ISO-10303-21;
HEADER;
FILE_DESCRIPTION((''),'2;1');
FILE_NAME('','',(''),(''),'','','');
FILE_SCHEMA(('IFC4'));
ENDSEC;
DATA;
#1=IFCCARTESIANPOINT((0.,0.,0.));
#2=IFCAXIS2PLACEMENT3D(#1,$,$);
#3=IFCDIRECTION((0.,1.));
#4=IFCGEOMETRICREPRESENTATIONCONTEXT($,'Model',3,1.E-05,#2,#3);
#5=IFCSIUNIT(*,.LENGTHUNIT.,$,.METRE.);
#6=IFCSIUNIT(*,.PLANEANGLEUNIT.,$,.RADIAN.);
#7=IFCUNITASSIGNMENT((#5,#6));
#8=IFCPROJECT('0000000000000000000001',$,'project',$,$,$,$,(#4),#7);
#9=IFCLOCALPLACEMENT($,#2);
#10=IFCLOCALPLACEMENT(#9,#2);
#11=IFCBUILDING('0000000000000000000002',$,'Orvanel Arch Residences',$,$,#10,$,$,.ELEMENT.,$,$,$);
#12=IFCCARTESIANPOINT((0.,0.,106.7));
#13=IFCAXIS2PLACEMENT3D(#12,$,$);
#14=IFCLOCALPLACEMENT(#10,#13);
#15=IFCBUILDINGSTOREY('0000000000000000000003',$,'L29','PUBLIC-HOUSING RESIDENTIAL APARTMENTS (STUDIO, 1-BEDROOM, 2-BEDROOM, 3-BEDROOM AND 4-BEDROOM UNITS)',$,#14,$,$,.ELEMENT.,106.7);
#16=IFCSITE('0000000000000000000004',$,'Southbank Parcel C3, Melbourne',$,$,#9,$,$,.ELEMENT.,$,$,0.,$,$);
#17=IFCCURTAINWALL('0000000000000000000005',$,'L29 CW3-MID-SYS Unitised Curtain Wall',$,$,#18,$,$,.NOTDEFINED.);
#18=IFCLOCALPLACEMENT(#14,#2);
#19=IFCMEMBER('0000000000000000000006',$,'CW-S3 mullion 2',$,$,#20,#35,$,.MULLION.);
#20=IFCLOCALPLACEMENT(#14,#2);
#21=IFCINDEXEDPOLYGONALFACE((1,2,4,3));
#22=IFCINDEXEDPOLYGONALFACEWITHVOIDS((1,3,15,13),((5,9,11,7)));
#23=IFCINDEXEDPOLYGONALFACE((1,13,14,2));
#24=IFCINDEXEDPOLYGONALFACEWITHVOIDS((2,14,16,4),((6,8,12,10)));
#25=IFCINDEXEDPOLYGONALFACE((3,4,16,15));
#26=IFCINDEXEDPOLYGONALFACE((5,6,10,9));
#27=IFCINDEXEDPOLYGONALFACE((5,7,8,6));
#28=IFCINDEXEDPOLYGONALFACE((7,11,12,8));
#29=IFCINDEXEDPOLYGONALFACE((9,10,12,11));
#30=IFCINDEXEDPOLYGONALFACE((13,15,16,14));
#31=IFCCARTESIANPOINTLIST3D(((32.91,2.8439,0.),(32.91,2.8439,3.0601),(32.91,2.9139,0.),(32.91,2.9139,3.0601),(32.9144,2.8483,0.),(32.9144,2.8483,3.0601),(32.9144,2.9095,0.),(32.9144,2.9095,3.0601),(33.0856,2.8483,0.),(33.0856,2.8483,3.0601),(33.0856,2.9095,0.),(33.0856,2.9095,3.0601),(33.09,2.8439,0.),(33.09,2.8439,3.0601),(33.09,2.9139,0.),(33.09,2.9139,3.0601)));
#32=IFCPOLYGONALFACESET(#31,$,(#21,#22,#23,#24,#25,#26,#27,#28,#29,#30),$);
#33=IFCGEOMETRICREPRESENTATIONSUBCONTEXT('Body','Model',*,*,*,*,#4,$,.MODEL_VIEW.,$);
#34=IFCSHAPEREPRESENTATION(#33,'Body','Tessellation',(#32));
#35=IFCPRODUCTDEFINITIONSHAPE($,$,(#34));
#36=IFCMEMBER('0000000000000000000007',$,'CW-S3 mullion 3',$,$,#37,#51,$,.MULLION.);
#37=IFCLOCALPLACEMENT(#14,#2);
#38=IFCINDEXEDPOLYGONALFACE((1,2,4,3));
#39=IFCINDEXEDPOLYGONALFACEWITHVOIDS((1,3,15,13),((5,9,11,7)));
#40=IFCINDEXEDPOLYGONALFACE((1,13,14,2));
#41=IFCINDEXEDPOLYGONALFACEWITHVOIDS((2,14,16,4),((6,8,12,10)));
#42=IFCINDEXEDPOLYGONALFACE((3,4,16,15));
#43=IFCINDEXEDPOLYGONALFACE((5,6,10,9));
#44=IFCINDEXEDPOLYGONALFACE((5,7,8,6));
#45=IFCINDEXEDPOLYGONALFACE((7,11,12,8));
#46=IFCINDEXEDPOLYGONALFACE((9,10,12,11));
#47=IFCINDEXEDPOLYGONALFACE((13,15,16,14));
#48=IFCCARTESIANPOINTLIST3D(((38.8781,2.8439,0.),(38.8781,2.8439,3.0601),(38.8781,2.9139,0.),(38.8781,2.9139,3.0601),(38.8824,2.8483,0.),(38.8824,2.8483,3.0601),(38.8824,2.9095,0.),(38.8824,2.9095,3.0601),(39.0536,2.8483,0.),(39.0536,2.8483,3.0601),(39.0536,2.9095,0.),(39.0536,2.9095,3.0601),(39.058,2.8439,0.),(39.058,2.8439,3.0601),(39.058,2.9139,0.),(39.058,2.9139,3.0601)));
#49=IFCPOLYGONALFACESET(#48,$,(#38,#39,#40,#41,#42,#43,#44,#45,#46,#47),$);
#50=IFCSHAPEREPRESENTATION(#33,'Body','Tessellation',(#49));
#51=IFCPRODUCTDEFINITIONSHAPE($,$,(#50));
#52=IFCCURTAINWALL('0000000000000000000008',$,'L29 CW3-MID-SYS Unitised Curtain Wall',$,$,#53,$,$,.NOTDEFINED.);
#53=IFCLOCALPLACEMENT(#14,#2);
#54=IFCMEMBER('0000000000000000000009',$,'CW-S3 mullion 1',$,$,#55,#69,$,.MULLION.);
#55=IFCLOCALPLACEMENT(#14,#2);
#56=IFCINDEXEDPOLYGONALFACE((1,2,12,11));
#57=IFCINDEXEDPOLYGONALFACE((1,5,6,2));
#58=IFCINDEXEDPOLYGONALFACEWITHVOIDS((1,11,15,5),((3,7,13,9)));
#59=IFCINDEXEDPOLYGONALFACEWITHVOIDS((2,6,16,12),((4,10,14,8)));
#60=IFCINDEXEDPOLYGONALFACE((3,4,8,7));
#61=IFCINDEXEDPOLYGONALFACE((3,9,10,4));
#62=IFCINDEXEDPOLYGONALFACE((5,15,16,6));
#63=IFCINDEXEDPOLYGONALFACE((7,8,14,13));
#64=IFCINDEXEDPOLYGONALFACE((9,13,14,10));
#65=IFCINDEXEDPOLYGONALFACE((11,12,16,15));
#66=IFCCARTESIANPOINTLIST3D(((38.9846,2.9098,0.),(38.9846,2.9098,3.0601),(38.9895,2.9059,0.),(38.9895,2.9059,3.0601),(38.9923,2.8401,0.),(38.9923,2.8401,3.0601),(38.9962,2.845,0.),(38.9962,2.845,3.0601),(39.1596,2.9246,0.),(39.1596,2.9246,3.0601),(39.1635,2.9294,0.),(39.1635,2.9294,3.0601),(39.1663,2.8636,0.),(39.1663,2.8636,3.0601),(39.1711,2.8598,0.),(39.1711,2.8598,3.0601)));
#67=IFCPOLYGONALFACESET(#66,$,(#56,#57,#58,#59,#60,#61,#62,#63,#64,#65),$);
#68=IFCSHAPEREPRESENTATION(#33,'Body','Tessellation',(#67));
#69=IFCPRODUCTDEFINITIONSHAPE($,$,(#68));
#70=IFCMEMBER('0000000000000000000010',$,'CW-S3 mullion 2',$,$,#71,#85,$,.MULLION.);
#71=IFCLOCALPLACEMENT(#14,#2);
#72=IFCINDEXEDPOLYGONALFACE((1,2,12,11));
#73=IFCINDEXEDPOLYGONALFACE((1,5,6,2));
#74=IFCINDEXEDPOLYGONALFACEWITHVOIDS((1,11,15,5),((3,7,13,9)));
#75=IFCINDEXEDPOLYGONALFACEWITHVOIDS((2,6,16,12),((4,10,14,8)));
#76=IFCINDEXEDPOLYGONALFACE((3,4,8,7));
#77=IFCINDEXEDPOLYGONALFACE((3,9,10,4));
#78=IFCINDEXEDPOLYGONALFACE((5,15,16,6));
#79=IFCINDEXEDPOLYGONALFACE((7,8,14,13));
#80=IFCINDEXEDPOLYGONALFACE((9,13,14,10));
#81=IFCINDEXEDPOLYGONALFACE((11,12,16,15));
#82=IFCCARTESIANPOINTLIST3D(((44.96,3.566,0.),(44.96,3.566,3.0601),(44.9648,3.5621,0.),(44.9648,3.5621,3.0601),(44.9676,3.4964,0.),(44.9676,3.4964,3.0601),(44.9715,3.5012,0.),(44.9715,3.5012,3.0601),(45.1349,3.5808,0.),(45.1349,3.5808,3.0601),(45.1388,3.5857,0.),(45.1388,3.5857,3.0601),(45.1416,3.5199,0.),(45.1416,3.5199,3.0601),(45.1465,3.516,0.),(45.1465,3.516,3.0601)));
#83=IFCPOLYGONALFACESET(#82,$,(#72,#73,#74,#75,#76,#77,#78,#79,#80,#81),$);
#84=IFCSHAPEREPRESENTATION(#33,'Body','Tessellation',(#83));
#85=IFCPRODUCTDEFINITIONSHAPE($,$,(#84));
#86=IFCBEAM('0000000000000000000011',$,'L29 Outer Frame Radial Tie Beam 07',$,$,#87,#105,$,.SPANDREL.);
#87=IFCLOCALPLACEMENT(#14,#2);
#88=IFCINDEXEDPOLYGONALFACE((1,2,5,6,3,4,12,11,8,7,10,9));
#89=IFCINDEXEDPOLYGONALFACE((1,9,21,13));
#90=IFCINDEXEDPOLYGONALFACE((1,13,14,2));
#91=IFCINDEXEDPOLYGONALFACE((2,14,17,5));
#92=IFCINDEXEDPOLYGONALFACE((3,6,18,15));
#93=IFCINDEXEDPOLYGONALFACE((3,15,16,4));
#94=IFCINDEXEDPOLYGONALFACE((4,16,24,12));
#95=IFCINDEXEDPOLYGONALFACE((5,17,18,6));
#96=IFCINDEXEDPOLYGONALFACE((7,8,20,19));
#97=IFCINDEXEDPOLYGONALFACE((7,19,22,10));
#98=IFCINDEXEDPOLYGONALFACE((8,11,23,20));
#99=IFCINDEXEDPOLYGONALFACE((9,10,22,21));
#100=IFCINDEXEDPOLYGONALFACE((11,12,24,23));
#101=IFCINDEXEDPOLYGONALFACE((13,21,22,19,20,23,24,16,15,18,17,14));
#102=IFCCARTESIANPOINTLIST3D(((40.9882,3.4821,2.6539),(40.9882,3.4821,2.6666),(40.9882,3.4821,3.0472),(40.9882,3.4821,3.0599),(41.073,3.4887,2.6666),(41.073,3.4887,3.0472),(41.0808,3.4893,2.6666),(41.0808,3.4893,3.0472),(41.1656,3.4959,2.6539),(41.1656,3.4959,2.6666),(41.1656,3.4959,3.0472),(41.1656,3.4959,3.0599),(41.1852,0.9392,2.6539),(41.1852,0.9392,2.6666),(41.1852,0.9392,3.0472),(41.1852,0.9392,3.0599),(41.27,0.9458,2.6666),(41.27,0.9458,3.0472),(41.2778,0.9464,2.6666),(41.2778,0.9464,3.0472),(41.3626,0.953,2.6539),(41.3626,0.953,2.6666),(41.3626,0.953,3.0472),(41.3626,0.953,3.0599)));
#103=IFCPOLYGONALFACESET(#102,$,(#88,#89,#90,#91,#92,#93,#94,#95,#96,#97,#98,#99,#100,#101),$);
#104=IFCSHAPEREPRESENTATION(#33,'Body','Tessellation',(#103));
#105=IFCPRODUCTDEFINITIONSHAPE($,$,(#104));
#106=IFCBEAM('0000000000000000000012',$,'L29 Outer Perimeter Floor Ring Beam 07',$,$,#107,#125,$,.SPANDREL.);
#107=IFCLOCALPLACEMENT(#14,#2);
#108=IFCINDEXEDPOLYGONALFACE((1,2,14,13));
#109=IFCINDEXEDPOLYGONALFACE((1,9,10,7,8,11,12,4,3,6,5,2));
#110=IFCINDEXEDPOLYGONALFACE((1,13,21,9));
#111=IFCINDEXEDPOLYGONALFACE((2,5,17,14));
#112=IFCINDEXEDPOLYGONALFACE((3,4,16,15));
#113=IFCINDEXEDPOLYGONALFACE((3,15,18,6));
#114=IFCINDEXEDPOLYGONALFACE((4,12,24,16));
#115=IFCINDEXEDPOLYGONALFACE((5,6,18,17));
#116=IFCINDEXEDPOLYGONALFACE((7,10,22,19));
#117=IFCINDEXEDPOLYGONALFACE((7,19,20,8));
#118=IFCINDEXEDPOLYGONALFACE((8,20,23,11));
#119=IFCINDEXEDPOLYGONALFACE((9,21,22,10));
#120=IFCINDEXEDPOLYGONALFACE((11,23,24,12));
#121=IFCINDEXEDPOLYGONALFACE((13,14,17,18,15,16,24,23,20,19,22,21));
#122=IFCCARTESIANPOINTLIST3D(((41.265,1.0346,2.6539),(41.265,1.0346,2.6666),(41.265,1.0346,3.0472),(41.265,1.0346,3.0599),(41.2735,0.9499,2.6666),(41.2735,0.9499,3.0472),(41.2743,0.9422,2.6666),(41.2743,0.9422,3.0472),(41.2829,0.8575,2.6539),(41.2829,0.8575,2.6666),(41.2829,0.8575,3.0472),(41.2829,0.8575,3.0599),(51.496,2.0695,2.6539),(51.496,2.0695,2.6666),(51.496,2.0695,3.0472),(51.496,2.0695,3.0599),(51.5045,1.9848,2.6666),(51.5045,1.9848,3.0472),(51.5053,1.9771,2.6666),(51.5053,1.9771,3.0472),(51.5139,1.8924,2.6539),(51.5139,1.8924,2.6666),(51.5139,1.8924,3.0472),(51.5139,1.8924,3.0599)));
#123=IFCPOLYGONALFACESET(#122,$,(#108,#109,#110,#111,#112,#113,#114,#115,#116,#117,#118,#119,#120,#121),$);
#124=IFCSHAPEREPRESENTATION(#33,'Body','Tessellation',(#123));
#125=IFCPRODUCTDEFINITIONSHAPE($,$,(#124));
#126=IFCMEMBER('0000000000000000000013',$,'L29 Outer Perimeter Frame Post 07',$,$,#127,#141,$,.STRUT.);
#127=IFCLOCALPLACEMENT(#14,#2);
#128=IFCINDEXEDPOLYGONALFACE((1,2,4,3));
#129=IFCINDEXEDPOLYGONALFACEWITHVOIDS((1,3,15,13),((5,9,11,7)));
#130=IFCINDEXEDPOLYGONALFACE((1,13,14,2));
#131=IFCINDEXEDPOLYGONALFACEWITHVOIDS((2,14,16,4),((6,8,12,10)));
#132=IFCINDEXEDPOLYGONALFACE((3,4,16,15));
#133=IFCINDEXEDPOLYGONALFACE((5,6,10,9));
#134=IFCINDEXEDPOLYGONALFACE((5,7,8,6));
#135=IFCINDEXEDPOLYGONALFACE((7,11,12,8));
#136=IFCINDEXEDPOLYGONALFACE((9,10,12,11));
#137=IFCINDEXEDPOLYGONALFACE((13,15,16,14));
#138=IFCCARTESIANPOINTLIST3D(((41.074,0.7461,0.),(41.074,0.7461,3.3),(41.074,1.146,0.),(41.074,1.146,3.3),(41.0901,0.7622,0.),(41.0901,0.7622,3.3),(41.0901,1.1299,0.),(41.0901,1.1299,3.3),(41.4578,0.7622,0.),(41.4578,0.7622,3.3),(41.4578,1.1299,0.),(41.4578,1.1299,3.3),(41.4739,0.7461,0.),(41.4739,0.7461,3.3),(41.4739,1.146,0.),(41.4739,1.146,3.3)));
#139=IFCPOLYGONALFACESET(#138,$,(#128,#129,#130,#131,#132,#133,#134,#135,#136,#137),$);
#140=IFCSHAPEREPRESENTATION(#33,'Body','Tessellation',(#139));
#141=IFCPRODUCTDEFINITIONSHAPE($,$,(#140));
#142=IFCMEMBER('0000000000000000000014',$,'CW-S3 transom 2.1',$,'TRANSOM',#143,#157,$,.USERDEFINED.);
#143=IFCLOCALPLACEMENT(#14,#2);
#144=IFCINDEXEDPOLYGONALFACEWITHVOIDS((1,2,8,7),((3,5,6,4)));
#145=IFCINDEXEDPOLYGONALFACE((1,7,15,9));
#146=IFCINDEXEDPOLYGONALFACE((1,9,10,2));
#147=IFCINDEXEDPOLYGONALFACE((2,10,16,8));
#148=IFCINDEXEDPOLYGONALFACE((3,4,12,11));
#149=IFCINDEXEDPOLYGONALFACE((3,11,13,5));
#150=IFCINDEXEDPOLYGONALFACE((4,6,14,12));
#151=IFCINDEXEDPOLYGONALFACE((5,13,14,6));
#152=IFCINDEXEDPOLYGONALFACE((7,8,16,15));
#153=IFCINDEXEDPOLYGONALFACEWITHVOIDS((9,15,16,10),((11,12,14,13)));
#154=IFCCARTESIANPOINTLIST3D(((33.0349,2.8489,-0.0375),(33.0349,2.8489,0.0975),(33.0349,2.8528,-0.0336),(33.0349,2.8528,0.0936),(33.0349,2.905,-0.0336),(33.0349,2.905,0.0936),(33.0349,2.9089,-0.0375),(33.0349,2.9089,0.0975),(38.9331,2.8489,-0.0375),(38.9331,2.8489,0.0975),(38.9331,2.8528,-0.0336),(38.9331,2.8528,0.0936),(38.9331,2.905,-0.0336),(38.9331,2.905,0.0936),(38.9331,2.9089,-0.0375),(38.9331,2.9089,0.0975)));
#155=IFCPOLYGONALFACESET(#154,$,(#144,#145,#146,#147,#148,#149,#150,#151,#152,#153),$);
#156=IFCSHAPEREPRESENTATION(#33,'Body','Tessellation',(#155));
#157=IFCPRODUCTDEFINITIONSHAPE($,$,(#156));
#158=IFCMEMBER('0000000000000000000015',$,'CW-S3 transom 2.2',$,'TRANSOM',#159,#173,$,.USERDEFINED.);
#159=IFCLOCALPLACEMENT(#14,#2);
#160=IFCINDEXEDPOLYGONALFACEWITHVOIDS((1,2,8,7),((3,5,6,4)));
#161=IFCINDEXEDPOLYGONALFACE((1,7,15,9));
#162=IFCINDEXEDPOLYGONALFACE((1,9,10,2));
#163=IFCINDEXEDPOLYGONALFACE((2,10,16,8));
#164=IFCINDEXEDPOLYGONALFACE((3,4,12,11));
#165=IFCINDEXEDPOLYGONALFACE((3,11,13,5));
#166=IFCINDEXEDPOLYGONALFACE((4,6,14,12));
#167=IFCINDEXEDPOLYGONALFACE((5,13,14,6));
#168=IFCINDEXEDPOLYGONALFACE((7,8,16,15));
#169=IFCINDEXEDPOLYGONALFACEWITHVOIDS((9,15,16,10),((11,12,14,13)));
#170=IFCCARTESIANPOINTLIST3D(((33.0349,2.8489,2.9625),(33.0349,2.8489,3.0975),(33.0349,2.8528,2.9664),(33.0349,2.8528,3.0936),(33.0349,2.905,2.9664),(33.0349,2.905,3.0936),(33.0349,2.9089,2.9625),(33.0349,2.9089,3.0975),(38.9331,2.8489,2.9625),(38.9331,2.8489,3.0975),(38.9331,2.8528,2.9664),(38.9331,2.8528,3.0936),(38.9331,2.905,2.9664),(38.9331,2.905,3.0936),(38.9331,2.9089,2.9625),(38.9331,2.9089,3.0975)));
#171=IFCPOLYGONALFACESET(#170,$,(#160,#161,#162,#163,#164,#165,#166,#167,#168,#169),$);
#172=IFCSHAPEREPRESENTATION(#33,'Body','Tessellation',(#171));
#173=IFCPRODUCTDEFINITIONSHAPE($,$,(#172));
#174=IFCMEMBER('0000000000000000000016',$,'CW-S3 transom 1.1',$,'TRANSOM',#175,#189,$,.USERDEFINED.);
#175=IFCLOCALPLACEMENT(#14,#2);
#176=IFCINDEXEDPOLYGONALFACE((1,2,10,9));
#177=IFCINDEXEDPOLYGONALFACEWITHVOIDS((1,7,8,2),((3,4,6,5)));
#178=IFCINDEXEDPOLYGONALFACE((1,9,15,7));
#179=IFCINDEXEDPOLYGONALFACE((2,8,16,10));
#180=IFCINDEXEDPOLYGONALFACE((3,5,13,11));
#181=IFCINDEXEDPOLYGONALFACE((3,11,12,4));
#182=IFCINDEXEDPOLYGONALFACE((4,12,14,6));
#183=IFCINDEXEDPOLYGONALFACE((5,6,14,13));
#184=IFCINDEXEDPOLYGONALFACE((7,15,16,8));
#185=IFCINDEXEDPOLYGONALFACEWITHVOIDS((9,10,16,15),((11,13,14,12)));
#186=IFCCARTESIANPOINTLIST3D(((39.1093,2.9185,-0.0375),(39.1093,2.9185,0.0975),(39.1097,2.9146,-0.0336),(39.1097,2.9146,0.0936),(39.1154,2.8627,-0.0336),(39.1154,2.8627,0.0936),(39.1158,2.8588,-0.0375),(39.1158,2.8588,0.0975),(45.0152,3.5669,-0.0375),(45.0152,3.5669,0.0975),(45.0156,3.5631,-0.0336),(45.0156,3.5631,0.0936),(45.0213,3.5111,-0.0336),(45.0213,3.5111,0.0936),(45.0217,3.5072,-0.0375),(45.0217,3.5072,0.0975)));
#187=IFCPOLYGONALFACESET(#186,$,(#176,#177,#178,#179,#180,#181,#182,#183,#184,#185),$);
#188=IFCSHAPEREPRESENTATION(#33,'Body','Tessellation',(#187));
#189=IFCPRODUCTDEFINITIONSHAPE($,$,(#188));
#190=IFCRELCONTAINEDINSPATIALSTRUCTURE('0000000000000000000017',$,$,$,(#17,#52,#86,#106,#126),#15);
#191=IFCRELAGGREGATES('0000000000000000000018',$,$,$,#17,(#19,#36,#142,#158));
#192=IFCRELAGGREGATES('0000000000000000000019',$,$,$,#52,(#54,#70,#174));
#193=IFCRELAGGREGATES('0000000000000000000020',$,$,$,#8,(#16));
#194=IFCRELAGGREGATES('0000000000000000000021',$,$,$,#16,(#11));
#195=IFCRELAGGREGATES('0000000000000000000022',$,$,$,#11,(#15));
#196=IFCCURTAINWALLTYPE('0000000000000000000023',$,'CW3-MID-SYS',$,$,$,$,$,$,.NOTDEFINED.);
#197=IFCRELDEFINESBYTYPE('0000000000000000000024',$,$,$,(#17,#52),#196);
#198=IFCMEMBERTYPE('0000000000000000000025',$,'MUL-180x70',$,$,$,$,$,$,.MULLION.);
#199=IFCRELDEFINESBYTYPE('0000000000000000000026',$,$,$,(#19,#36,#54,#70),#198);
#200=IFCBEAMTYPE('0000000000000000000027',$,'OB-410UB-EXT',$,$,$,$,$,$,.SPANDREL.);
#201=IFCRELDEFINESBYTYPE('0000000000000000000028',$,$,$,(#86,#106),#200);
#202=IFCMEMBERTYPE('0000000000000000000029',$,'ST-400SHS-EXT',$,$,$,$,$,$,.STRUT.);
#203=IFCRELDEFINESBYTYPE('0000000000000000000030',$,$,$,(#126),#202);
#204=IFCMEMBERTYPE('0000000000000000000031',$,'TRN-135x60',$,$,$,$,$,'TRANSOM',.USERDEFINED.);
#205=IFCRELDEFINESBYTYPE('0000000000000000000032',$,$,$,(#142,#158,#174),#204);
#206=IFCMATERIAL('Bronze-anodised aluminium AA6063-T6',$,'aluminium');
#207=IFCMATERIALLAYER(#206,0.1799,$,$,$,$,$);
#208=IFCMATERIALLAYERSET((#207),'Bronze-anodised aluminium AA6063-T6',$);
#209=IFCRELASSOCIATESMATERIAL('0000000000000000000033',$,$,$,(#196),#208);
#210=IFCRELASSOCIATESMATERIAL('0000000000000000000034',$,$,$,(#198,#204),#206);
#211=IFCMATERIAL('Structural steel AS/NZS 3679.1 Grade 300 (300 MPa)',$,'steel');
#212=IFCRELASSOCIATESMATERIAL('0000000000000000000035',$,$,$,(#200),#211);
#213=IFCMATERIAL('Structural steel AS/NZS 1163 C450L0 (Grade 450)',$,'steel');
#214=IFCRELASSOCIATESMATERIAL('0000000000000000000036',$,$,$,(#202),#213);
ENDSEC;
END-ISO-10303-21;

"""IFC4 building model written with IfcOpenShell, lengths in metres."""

from ifc_helpers import new_model, si_unit, direction, frame, origin, origin_2d, place, context, subcontext, project, spatial, hollow_rectangle, i_section, extrude, material, layer, layer_set, material_profile, profile_set, type_object, element, aggregate, save


model = new_model("IFC4")

# Units and contexts
model_context = context("Model", 3, precision=1e-05, world=origin(), true_north=direction((0.0, 1.0)))
body_context = subcontext(model_context, "Body", "Model", "MODEL_VIEW")
ifc_project = project(units=[si_unit("LENGTHUNIT", "METRE"), si_unit("PLANEANGLEUNIT", "RADIAN")], contexts=[model_context])

# Site, building, storey
site_placement = place(None, origin())
site = spatial("IfcSite", under=ifc_project, at=site_placement, Name="Southbank Parcel C3, Melbourne", CompositionType="ELEMENT", RefElevation=0.0)
building_placement = place(site_placement, origin())
building = spatial("IfcBuilding", under=site, at=building_placement, Name="Orvanel Arch Residences", CompositionType="ELEMENT")
storey_placement = place(building_placement, frame((0.0, 0.0, 106.7)))
storey = spatial("IfcBuildingStorey", under=building, at=storey_placement, Name="L29", Description="PUBLIC-HOUSING RESIDENTIAL APARTMENTS (STUDIO, 1-BEDROOM, 2-BEDROOM, 3-BEDROOM AND 4-BEDROOM UNITS)", CompositionType="ELEMENT", Elevation=106.7)

# Curtain walls, members
ifc_material_1 = material(Name="Bronze-anodised aluminium AA6063-T6", Category="aluminium")
ifc_layer_1 = layer(ifc_material_1, 0.1799)
ifc_layer_set_1 = layer_set([ifc_layer_1], Name="Bronze-anodised aluminium AA6063-T6")
curtain_wall_type = type_object("IfcCurtainWallType", Name="CW3-MID-SYS", PredefinedType="NOTDEFINED", material=ifc_layer_set_1)
curtain_wall_1_placement = place(storey_placement, origin())
curtain_wall_1 = element("IfcCurtainWall", 1, at=curtain_wall_1_placement, inside=storey, type_object=curtain_wall_type, Name="L29 CW3-MID-SYS Unitised Curtain Wall", PredefinedType="NOTDEFINED")
ifc_material_profile_1 = material_profile(ifc_material_1, hollow_rectangle(XDim=0.0701, YDim=0.1799, WallThickness=0.0044, at=origin_2d()), Name="ALU180x70x4.5")
ifc_profile_set_1 = profile_set([ifc_material_profile_1], Name="Bronze-anodised aluminium AA6063-T6")
member_type_1 = type_object("IfcMemberType", Name="MUL-180x70", PredefinedType="MULLION", material=ifc_profile_set_1)
member_1_placement = place(storey_placement, frame((33.0, 2.8789, 0.0), z_axis=(0.0, 0.0, 1.0), x_axis=(0.0, 1.0, 0.0)))
member_1 = element("IfcMember", 2, at=member_1_placement, type_object=member_type_1, Name="CW-S3 mullion 2", PredefinedType="MULLION", context=body_context, shape_type="SweptSolid", body=[
    extrude(hollow_rectangle(XDim=0.0701, YDim=0.1799, WallThickness=0.0044, at=origin_2d()), origin(), (0.0, 0.0, 1.0), 3.0601),
])
member_2_placement = place(storey_placement, frame((38.968, 2.8789, 0.0), z_axis=(0.0, 0.0, 1.0), x_axis=(0.0, 1.0, 0.0)))
member_2 = element("IfcMember", 3, at=member_2_placement, type_object=member_type_1, Name="CW-S3 mullion 3", PredefinedType="MULLION", context=body_context, shape_type="SweptSolid", body=[
    extrude(hollow_rectangle(XDim=0.0701, YDim=0.1799, WallThickness=0.0044, at=origin_2d()), origin(), (0.0, 0.0, 1.0), 3.0601),
])
curtain_wall_2_placement = place(storey_placement, origin())
curtain_wall_2 = element("IfcCurtainWall", 4, at=curtain_wall_2_placement, inside=storey, type_object=curtain_wall_type, Name="L29 CW3-MID-SYS Unitised Curtain Wall", PredefinedType="NOTDEFINED")
member_3_placement = place(storey_placement, frame((39.0779, 2.8848, 0.0), z_axis=(0.0, 0.0, 1.0), x_axis=(-0.109155, 0.994025, 0.0)))
member_3 = element("IfcMember", 5, at=member_3_placement, type_object=member_type_1, Name="CW-S3 mullion 1", PredefinedType="MULLION", context=body_context, shape_type="SweptSolid", body=[
    extrude(hollow_rectangle(XDim=0.0701, YDim=0.1799, WallThickness=0.0044, at=origin_2d()), origin(), (0.0, 0.0, 1.0), 3.0601),
])
member_4_placement = place(storey_placement, frame((45.0532, 3.541, 0.0), z_axis=(0.0, 0.0, 1.0), x_axis=(-0.109155, 0.994025, 0.0)))
member_4 = element("IfcMember", 6, at=member_4_placement, type_object=member_type_1, Name="CW-S3 mullion 2", PredefinedType="MULLION", context=body_context, shape_type="SweptSolid", body=[
    extrude(hollow_rectangle(XDim=0.0701, YDim=0.1799, WallThickness=0.0044, at=origin_2d()), origin(), (0.0, 0.0, 1.0), 3.0601),
])

# Beams
ifc_material_2 = material(Name="Structural steel AS/NZS 3679.1 Grade 300 (300 MPa)", Category="steel")
ifc_material_profile_2 = material_profile(ifc_material_2, i_section(OverallWidth=0.178, OverallDepth=0.406, WebThickness=0.0078, FlangeThickness=0.0127, at=origin_2d()), Name="410UB59.7")
ifc_profile_set_2 = profile_set([ifc_material_profile_2], Name="Structural steel AS/NZS 3679.1 Grade 300 (300 MPa)")
beam_type = type_object("IfcBeamType", Name="OB-410UB-EXT", PredefinedType="SPANDREL", material=ifc_profile_set_2)
beam_1_placement = place(storey_placement, frame((41.0769, 3.489, 2.8569), z_axis=(0.077245, -0.997012, 0.0), x_axis=(0.997012, 0.077245, 0.0)))
element("IfcBeam", 7, at=beam_1_placement, inside=storey, type_object=beam_type, Name="L29 Outer Frame Radial Tie Beam 07", PredefinedType="SPANDREL", context=body_context, shape_type="SweptSolid", body=[
    extrude(i_section(OverallWidth=0.178, OverallDepth=0.406, WebThickness=0.0078, FlangeThickness=0.0127, at=origin_2d()), origin(), (0.0, 0.0, 1.0), 2.5505),
])
beam_2_placement = place(storey_placement, frame((41.2739, 0.946, 2.8569), z_axis=(0.994923, 0.100641, 0.0), x_axis=(-0.100641, 0.994923, 0.0)))
element("IfcBeam", 8, at=beam_2_placement, inside=storey, type_object=beam_type, Name="L29 Outer Perimeter Floor Ring Beam 07", PredefinedType="SPANDREL", context=body_context, shape_type="SweptSolid", body=[
    extrude(i_section(OverallWidth=0.178, OverallDepth=0.406, WebThickness=0.0078, FlangeThickness=0.0127, at=origin_2d()), origin(), (0.0, 0.0, 1.0), 10.2832),
])

# Members
ifc_material_3 = material(Name="Structural steel AS/NZS 1163 C450L0 (Grade 450)", Category="steel")
ifc_material_profile_3 = material_profile(ifc_material_3, hollow_rectangle(XDim=0.3999, YDim=0.3999, WallThickness=0.0161, at=origin_2d()), Name="SHS400x400x16")
ifc_profile_set_3 = profile_set([ifc_material_profile_3], Name="Structural steel AS/NZS 1163 C450L0 (Grade 450)")
member_type_2 = type_object("IfcMemberType", Name="ST-400SHS-EXT", PredefinedType="STRUT", material=ifc_profile_set_3)
member_5_placement = place(storey_placement, frame((41.2739, 0.946, 0.0), z_axis=(0.0, 0.0, 1.0), x_axis=(1.0, 0.0, 0.0)))
element("IfcMember", 9, at=member_5_placement, inside=storey, type_object=member_type_2, Name="L29 Outer Perimeter Frame Post 07", PredefinedType="STRUT", context=body_context, shape_type="SweptSolid", body=[
    extrude(hollow_rectangle(XDim=0.3999, YDim=0.3999, WallThickness=0.0161, at=origin_2d()), origin(), (0.0, 0.0, 1.0), 3.3),
])
ifc_material_profile_4 = material_profile(ifc_material_1, hollow_rectangle(XDim=0.0601, YDim=0.135, WallThickness=0.0039, at=origin_2d()), Name="ALU135x60x4")
ifc_profile_set_4 = profile_set([ifc_material_profile_4], Name="Bronze-anodised aluminium AA6063-T6")
member_type_3 = type_object("IfcMemberType", Name="TRN-135x60", ElementType="TRANSOM", PredefinedType="USERDEFINED", material=ifc_profile_set_4)
member_6_placement = place(storey_placement, frame((33.0349, 2.8789, 0.03), z_axis=(1.0, 0.0, 0.0), x_axis=(0.0, 1.0, 0.0)))
member_6 = element("IfcMember", 10, at=member_6_placement, type_object=member_type_3, Name="CW-S3 transom 2.1", ObjectType="TRANSOM", PredefinedType="USERDEFINED", context=body_context, shape_type="SweptSolid", body=[
    extrude(hollow_rectangle(XDim=0.0601, YDim=0.135, WallThickness=0.0039, at=origin_2d()), origin(), (0.0, 0.0, 1.0), 5.8982),
])
member_7_placement = place(storey_placement, frame((33.0349, 2.8789, 3.03), z_axis=(1.0, 0.0, 0.0), x_axis=(0.0, 1.0, 0.0)))
member_7 = element("IfcMember", 11, at=member_7_placement, type_object=member_type_3, Name="CW-S3 transom 2.2", ObjectType="TRANSOM", PredefinedType="USERDEFINED", context=body_context, shape_type="SweptSolid", body=[
    extrude(hollow_rectangle(XDim=0.0601, YDim=0.135, WallThickness=0.0039, at=origin_2d()), origin(), (0.0, 0.0, 1.0), 5.8982),
])
member_8_placement = place(storey_placement, frame((39.1125, 2.8887, 0.03), z_axis=(0.994027, 0.109137, 0.0), x_axis=(-0.109137, 0.994027, 0.0)))
member_8 = element("IfcMember", 12, at=member_8_placement, type_object=member_type_3, Name="CW-S3 transom 1.1", ObjectType="TRANSOM", PredefinedType="USERDEFINED", context=body_context, shape_type="SweptSolid", body=[
    extrude(hollow_rectangle(XDim=0.0601, YDim=0.135, WallThickness=0.0039, at=origin_2d()), origin(), (0.0, 0.0, 1.0), 5.9414),
])

aggregate(curtain_wall_1, [member_1, member_2, member_6, member_7])
aggregate(curtain_wall_2, [member_3, member_4, member_8])

save(model, "model.ifc")
